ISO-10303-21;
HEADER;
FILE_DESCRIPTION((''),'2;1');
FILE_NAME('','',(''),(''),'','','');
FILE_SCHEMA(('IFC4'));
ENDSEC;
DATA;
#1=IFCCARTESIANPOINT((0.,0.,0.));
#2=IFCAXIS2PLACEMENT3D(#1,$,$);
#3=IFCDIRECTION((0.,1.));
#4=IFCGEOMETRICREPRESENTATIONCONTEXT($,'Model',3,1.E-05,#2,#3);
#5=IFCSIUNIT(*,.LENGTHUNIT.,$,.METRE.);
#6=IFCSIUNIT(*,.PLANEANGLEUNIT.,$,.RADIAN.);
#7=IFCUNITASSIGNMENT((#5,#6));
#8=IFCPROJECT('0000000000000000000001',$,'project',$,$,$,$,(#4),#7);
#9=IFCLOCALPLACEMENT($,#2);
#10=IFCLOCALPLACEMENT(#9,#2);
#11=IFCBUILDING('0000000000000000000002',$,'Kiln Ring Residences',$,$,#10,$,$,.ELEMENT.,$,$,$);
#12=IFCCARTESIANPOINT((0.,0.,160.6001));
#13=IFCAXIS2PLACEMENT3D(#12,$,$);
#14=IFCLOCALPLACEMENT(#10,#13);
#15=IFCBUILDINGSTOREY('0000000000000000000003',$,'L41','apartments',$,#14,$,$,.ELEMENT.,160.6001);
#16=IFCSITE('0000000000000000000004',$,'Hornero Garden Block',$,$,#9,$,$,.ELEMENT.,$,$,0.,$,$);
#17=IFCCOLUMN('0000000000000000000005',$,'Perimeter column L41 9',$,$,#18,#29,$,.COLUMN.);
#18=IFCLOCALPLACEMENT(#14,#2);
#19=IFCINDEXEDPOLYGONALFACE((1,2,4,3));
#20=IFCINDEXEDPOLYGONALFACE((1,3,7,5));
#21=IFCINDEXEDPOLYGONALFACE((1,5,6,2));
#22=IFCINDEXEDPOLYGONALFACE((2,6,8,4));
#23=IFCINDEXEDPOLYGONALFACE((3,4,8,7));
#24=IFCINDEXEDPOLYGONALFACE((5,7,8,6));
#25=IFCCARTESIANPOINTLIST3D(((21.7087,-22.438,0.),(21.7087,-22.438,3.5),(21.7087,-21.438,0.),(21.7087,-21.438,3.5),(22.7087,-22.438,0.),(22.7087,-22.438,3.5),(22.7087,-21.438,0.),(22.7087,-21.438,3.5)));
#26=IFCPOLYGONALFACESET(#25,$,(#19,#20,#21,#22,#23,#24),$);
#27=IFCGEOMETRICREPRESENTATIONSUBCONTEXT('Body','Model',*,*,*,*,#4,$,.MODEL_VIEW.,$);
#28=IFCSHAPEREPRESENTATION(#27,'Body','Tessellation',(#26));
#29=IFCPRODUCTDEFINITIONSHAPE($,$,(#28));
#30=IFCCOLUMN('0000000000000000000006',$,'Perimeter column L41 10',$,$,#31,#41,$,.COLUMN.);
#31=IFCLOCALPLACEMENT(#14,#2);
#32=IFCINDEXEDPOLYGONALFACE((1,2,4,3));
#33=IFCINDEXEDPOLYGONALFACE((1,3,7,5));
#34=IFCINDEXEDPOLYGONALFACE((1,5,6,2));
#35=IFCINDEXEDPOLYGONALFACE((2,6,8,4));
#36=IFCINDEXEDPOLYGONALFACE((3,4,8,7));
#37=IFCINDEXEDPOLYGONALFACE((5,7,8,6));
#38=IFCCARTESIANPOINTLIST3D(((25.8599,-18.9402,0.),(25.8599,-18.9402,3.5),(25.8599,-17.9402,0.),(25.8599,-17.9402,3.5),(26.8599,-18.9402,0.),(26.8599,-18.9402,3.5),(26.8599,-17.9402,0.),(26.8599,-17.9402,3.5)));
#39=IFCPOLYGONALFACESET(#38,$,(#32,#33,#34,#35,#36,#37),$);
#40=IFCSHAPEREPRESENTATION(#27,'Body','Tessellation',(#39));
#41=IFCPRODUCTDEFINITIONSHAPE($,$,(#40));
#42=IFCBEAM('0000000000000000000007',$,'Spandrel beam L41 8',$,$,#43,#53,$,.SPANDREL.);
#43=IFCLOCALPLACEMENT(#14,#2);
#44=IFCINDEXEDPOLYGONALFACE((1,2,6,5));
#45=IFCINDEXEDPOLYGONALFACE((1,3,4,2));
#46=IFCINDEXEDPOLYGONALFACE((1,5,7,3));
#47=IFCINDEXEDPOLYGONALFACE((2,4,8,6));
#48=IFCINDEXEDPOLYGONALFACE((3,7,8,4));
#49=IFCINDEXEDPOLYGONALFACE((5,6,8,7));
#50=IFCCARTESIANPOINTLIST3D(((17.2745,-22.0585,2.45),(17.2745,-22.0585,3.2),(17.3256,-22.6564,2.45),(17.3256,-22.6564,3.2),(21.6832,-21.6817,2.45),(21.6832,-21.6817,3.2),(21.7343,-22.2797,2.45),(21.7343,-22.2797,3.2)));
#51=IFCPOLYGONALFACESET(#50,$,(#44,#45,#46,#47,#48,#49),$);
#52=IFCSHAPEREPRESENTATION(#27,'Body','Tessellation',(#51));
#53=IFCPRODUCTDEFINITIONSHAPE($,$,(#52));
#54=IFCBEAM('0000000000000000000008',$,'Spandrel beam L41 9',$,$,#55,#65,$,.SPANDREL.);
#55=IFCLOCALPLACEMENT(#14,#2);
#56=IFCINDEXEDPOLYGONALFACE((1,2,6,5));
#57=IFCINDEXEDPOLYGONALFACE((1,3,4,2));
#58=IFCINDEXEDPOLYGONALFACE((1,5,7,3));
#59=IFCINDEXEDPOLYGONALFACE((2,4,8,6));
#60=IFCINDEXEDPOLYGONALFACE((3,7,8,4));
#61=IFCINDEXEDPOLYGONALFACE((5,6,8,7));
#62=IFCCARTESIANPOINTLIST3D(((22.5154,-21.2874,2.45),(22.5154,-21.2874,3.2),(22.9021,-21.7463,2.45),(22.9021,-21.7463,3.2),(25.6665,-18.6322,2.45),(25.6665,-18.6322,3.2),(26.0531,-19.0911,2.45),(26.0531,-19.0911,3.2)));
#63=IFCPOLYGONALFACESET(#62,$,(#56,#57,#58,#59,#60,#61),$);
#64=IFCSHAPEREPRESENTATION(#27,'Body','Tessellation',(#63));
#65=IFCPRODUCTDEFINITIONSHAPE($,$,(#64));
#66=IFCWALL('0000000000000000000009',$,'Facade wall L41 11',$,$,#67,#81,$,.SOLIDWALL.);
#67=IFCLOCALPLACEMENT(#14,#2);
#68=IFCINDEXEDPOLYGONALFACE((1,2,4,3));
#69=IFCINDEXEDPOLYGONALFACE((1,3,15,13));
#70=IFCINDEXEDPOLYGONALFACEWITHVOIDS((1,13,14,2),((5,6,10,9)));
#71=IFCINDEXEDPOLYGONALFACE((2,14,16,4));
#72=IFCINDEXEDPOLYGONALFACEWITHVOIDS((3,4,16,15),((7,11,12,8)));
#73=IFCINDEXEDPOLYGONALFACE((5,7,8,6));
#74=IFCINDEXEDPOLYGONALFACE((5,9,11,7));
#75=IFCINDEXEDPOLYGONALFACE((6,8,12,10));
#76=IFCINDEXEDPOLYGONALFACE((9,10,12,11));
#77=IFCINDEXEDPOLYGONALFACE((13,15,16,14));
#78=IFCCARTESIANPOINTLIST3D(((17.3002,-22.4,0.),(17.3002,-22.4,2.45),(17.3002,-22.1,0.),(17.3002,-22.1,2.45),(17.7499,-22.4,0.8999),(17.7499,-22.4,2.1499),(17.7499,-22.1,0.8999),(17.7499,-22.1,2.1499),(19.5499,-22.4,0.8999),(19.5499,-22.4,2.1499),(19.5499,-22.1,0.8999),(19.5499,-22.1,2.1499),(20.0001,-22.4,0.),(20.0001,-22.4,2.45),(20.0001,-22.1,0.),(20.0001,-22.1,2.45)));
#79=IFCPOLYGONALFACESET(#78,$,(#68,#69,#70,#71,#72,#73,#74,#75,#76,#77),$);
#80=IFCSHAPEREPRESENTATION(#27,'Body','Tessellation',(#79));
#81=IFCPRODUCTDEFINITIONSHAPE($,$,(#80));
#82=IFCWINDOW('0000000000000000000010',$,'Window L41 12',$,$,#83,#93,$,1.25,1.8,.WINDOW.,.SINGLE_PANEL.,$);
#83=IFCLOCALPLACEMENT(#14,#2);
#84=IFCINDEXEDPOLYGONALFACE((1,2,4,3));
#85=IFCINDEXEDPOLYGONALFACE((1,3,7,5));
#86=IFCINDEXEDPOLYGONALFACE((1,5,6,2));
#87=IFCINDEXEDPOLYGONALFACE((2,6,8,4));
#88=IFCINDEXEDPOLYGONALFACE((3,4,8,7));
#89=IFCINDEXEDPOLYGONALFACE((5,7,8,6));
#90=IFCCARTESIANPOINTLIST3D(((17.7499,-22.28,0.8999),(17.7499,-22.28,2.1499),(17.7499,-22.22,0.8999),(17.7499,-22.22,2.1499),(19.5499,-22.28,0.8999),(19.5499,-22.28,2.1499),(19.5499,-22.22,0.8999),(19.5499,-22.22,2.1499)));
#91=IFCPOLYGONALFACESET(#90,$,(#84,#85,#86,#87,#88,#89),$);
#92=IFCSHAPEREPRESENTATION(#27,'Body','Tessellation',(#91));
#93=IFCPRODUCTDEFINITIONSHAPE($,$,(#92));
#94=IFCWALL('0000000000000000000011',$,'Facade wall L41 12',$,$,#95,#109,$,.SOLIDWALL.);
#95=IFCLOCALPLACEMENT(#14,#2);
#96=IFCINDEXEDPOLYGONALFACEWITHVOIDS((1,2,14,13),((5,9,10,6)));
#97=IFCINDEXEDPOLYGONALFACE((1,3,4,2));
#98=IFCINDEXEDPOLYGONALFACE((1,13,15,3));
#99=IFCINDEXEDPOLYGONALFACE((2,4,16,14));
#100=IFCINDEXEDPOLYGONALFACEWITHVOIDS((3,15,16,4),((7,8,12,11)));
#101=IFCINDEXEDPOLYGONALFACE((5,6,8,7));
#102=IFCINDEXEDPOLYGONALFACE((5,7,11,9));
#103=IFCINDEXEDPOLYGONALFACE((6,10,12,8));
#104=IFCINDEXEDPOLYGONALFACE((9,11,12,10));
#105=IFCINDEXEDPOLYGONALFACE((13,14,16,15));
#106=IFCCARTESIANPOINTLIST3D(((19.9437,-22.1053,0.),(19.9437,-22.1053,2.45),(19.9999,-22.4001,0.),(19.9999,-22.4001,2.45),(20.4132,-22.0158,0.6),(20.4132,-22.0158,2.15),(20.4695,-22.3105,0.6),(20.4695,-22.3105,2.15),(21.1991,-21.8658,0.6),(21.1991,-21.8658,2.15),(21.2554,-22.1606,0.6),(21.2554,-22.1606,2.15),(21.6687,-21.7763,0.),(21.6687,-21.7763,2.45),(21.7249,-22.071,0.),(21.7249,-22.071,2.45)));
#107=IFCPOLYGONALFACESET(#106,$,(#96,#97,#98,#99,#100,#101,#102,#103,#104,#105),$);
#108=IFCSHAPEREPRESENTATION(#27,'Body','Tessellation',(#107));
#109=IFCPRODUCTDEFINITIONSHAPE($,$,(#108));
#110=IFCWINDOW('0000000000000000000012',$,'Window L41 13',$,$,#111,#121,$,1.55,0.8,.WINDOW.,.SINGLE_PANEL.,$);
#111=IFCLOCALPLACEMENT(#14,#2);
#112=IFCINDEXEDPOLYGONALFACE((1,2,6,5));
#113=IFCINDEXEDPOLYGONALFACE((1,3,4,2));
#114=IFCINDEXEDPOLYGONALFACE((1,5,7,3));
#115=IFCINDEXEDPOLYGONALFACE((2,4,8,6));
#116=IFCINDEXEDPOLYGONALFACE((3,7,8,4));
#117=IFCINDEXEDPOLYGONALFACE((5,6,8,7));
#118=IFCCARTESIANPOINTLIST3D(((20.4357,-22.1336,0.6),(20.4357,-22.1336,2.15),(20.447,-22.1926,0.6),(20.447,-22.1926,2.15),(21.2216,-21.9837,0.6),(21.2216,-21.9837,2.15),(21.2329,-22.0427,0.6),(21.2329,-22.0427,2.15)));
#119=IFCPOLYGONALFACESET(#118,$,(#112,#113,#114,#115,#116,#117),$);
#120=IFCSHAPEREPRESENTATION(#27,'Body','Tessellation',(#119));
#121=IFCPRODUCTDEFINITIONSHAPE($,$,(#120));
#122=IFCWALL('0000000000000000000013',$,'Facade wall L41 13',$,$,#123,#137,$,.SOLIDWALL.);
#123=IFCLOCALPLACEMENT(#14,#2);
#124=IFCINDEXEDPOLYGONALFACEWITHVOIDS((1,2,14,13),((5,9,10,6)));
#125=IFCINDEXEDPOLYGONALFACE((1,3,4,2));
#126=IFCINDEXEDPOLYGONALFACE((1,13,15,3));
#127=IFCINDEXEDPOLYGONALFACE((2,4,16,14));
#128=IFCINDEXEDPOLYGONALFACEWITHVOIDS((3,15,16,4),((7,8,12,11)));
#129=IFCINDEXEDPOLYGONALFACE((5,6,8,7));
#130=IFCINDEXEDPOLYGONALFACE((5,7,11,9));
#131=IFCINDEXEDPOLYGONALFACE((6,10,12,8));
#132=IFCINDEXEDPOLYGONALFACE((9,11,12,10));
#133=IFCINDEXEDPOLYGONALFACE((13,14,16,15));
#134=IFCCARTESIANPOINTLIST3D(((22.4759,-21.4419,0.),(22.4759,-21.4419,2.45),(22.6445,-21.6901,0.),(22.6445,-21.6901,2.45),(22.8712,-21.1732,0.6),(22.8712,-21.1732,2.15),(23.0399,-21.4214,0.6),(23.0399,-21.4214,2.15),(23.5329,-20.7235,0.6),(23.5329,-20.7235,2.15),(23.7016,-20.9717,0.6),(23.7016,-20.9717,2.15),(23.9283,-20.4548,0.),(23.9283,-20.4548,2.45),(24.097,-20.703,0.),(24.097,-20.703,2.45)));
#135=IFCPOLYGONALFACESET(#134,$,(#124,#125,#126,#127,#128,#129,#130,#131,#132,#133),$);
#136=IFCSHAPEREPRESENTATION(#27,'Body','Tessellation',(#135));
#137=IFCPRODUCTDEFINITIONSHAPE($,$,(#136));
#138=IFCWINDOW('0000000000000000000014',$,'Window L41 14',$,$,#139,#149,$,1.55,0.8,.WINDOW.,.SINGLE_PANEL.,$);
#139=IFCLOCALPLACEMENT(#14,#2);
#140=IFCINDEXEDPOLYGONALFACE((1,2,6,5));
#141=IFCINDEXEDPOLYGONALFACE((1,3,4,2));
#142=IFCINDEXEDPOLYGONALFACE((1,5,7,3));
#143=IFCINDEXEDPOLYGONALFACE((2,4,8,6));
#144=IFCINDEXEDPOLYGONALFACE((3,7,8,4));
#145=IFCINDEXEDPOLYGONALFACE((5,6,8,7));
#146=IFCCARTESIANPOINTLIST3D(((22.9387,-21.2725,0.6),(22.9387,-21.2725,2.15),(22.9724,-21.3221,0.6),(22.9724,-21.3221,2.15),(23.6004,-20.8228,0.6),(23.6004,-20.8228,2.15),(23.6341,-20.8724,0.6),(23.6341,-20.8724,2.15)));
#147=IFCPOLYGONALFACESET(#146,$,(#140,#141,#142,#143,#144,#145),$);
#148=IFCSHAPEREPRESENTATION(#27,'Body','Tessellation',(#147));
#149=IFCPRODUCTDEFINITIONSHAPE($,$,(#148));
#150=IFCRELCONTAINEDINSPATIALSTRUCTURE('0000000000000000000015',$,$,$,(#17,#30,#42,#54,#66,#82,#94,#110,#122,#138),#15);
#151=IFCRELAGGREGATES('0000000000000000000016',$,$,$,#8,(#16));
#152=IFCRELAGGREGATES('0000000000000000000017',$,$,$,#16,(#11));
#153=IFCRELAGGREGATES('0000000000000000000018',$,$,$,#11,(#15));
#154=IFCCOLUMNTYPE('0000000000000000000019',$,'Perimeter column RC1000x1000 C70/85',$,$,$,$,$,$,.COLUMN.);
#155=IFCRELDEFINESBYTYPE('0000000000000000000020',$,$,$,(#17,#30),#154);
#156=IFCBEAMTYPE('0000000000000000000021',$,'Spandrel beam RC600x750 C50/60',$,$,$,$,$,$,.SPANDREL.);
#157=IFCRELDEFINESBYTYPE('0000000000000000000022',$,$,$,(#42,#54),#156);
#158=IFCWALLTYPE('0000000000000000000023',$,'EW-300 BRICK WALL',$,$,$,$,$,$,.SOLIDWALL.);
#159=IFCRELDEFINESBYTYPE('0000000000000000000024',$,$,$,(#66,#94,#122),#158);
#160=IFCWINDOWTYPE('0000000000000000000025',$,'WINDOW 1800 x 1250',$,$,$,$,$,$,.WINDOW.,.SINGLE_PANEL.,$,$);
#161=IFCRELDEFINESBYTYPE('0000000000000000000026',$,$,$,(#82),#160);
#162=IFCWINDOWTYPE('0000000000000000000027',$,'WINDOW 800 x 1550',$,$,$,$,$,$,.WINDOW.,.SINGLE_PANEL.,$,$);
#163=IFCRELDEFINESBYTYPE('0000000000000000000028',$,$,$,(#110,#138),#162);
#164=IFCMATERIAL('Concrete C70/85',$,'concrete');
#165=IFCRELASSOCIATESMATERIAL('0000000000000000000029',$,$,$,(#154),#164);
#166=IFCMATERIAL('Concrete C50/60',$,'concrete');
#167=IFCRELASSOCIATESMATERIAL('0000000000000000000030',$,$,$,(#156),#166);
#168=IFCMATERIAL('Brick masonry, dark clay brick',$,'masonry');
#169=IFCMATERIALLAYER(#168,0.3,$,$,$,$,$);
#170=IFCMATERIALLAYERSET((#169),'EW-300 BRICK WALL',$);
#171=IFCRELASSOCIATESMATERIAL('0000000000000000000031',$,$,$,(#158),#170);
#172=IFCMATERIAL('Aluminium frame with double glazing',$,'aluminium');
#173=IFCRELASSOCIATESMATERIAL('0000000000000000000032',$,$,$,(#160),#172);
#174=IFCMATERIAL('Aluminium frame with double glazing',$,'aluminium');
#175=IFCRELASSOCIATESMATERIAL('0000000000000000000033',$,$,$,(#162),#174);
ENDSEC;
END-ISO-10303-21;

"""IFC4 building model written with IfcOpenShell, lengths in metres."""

from ifc_helpers import new_model, si_unit, direction, frame, frame_2d, origin, origin_2d, place, context, subcontext, project, spatial, rectangle, extrude, material, layer, layer_set, material_profile, profile_set, type_object, element, fill, save


model = new_model("IFC4")

# Units and contexts
model_context = context("Model", 3, precision=1e-05, world=origin(), true_north=direction((0.0, 1.0)))
body_context = subcontext(model_context, "Body", "Model", "MODEL_VIEW")
ifc_project = project(units=[si_unit("LENGTHUNIT", "METRE"), si_unit("PLANEANGLEUNIT", "RADIAN")], contexts=[model_context])

# Site, building, storey
site_placement = place(None, origin())
site = spatial("IfcSite", under=ifc_project, at=site_placement, Name="Hornero Garden Block", CompositionType="ELEMENT", RefElevation=0.0)
building_placement = place(site_placement, origin())
building = spatial("IfcBuilding", under=site, at=building_placement, Name="Kiln Ring Residences", CompositionType="ELEMENT")
storey_placement = place(building_placement, frame((0.0, 0.0, 160.6001)))
storey = spatial("IfcBuildingStorey", under=building, at=storey_placement, Name="L41", Description="apartments", CompositionType="ELEMENT", Elevation=160.6001)

# Columns
ifc_material_1 = material(Name="Concrete C70/85", Category="concrete")
ifc_material_profile_1 = material_profile(ifc_material_1, rectangle(XDim=1.0, YDim=1.0, at=origin_2d()), Name="RC1000x1000")
ifc_profile_set_1 = profile_set([ifc_material_profile_1], Name="Concrete C70/85")
column_type = type_object("IfcColumnType", Name="Perimeter column RC1000x1000 C70/85", PredefinedType="COLUMN", material=ifc_profile_set_1)
for number, where, z_axis, x_axis, name in (
    (1, (22.2087, -21.938, 0.0), (0.0, 0.0, 1.0), (1.0, 0.0, 0.0), "Perimeter column L41 9"),
    (2, (26.3599, -18.4402, 0.0), (0.0, 0.0, 1.0), (1.0, 0.0, 0.0), "Perimeter column L41 10"),
):
    element("IfcColumn", number, at=place(storey_placement, frame(where, z_axis=z_axis, x_axis=x_axis)), inside=storey, type_object=column_type, Name=name, PredefinedType="COLUMN", context=body_context, shape_type="SweptSolid", body=[
        extrude(rectangle(XDim=1.0, YDim=1.0, at=origin_2d()), origin(), (0.0, 0.0, 1.0), 3.5),
    ])

# Beams
ifc_material_2 = material(Name="Concrete C50/60", Category="concrete")
ifc_material_profile_2 = material_profile(ifc_material_2, rectangle(XDim=0.6001, YDim=0.75, at=origin_2d()), Name="RC600x750")
ifc_profile_set_2 = profile_set([ifc_material_profile_2], Name="Concrete C50/60")
beam_type = type_object("IfcBeamType", Name="Spandrel beam RC600x750 C50/60", PredefinedType="SPANDREL", material=ifc_profile_set_2)
beam_1_placement = place(storey_placement, frame((17.3, -22.3574, 2.825), z_axis=(0.996369, 0.085137, 0.0), x_axis=(-0.085137, 0.996369, 0.0)))
element("IfcBeam", 3, at=beam_1_placement, inside=storey, type_object=beam_type, Name="Spandrel beam L41 8", PredefinedType="SPANDREL", context=body_context, shape_type="SweptSolid", body=[
    extrude(rectangle(XDim=0.6001, YDim=0.75, at=origin_2d()), origin(), (0.0, 0.0, 1.0), 4.4248),
])
beam_2_placement = place(storey_placement, frame((22.7087, -21.5168, 2.825), z_axis=(0.764708, 0.644377, 0.0), x_axis=(-0.644377, 0.764708, 0.0)))
element("IfcBeam", 4, at=beam_2_placement, inside=storey, type_object=beam_type, Name="Spandrel beam L41 9", PredefinedType="SPANDREL", context=body_context, shape_type="SweptSolid", body=[
    extrude(rectangle(XDim=0.6001, YDim=0.75, at=origin_2d()), origin(), (0.0, 0.0, 1.0), 4.1206),
])

# Walls, openings, windows
ifc_material_3 = material(Name="Brick masonry, dark clay brick", Category="masonry")
ifc_layer_1 = layer(ifc_material_3, 0.3)
ifc_layer_set_1 = layer_set([ifc_layer_1], Name="EW-300 BRICK WALL")
wall_type_1 = type_object("IfcWallType", Name="EW-300 BRICK WALL", PredefinedType="SOLIDWALL", material=ifc_layer_set_1)
wall_1_placement = place(storey_placement, frame((17.3, -22.25, 0.0), z_axis=(0.0, 0.0, 1.0), x_axis=(1.0, 0.0, 0.0)))
wall_1 = element("IfcWall", 5, at=wall_1_placement, inside=storey, type_object=wall_type_1, Name="Facade wall L41 11", PredefinedType="SOLIDWALL", context=body_context, shape_type="SweptSolid", body=[
    extrude(rectangle(XDim=2.7, YDim=0.3, at=frame_2d((1.3501, 0.0))), origin(), (0.0, 0.0, 1.0), 2.45),
])
opening_1_placement = place(wall_1_placement, frame((0.45, 0.0, 0.8999)))
opening_1 = element("IfcOpeningElement", 6, at=opening_1_placement, cuts=wall_1, PredefinedType="OPENING", context=body_context, shape_type="SweptSolid", body=[
    extrude(rectangle(XDim=1.8, YDim=1.25, at=frame_2d((0.8999, 0.625))), frame((0.0, 0.1599, 0.0), z_axis=(0.0, -1.0, 0.0), x_axis=(1.0, 0.0, 0.0)), (0.0, 0.0, 1.0), 0.3201),
])
ifc_material_4 = material(Name="Aluminium frame with double glazing", Category="aluminium")
window_type_1 = type_object("IfcWindowType", Name="WINDOW 1800 x 1250", PartitioningType="SINGLE_PANEL", PredefinedType="WINDOW", material=ifc_material_4)
window_1_placement = place(opening_1_placement, origin())
window_1 = element("IfcWindow", 7, at=window_1_placement, inside=storey, type_object=window_type_1, Name="Window L41 12", OverallHeight=1.25, OverallWidth=1.8, PartitioningType="SINGLE_PANEL", PredefinedType="WINDOW", context=body_context, shape_type="SweptSolid", body=[
    extrude(rectangle(XDim=1.8, YDim=1.25, at=frame_2d((0.8999, 0.625))), frame((0.0, 0.03, 0.0), z_axis=(0.0, -1.0, 0.0), x_axis=(1.0, 0.0, 0.0)), (0.0, 0.0, 1.0), 0.0601),
])
fill(opening_1, window_1)
wall_2_placement = place(storey_placement, frame((19.9719, -22.2527, 0.0), z_axis=(0.0, 0.0, 1.0), x_axis=(0.982285, 0.187393, 0.0)))
wall_2 = element("IfcWall", 8, at=wall_2_placement, inside=storey, type_object=wall_type_1, Name="Facade wall L41 12", PredefinedType="SOLIDWALL", context=body_context, shape_type="SweptSolid", body=[
    extrude(rectangle(XDim=1.7561, YDim=0.3, at=frame_2d((0.8779, 0.0))), origin(), (0.0, 0.0, 1.0), 2.45),
])
opening_2_placement = place(wall_2_placement, frame((0.478, 0.0, 0.6001)))
opening_2 = element("IfcOpeningElement", 9, at=opening_2_placement, cuts=wall_2, PredefinedType="OPENING", context=body_context, shape_type="SweptSolid", body=[
    extrude(rectangle(XDim=0.8, YDim=1.55, at=frame_2d((0.3999, 0.7749))), frame((0.0, 0.1599, 0.0), z_axis=(0.0, -1.0, 0.0), x_axis=(1.0, 0.0, 0.0)), (0.0, 0.0, 1.0), 0.3201),
])
ifc_material_5 = material(Name="Aluminium frame with double glazing", Category="aluminium")
window_type_2 = type_object("IfcWindowType", Name="WINDOW 800 x 1550", PartitioningType="SINGLE_PANEL", PredefinedType="WINDOW", material=ifc_material_5)
window_2_placement = place(opening_2_placement, origin())
window_2 = element("IfcWindow", 10, at=window_2_placement, inside=storey, type_object=window_type_2, Name="Window L41 13", OverallHeight=1.55, OverallWidth=0.8, PartitioningType="SINGLE_PANEL", PredefinedType="WINDOW", context=body_context, shape_type="SweptSolid", body=[
    extrude(rectangle(XDim=0.8, YDim=1.55, at=frame_2d((0.3999, 0.7749))), frame((0.0, 0.03, 0.0), z_axis=(0.0, -1.0, 0.0), x_axis=(1.0, 0.0, 0.0)), (0.0, 0.0, 1.0), 0.0601),
])
fill(opening_2, window_2)
wall_3_placement = place(storey_placement, frame((22.5603, -21.5659, 0.0), z_axis=(0.0, 0.0, 1.0), x_axis=(0.827076, 0.562089, 0.0)))
wall_3 = element("IfcWall", 11, at=wall_3_placement, inside=storey, type_object=wall_type_1, Name="Facade wall L41 13", PredefinedType="SOLIDWALL", context=body_context, shape_type="SweptSolid", body=[
    extrude(rectangle(XDim=1.7561, YDim=0.3, at=frame_2d((0.8779, 0.0))), origin(), (0.0, 0.0, 1.0), 2.45),
])
opening_3_placement = place(wall_3_placement, frame((0.478, 0.0, 0.6001)))
opening_3 = element("IfcOpeningElement", 12, at=opening_3_placement, cuts=wall_3, PredefinedType="OPENING", context=body_context, shape_type="SweptSolid", body=[
    extrude(rectangle(XDim=0.8, YDim=1.55, at=frame_2d((0.3999, 0.7749))), frame((0.0, 0.1599, 0.0), z_axis=(0.0, -1.0, 0.0), x_axis=(1.0, 0.0, 0.0)), (0.0, 0.0, 1.0), 0.3201),
])
window_3_placement = place(opening_3_placement, origin())
window_3 = element("IfcWindow", 13, at=window_3_placement, inside=storey, type_object=window_type_2, Name="Window L41 14", OverallHeight=1.55, OverallWidth=0.8, PartitioningType="SINGLE_PANEL", PredefinedType="WINDOW", context=body_context, shape_type="SweptSolid", body=[
    extrude(rectangle(XDim=0.8, YDim=1.55, at=frame_2d((0.3999, 0.7749))), frame((0.0, 0.03, 0.0), z_axis=(0.0, -1.0, 0.0), x_axis=(1.0, 0.0, 0.0)), (0.0, 0.0, 1.0), 0.0601),
])
fill(opening_3, window_3)

save(model, "model.ifc")
